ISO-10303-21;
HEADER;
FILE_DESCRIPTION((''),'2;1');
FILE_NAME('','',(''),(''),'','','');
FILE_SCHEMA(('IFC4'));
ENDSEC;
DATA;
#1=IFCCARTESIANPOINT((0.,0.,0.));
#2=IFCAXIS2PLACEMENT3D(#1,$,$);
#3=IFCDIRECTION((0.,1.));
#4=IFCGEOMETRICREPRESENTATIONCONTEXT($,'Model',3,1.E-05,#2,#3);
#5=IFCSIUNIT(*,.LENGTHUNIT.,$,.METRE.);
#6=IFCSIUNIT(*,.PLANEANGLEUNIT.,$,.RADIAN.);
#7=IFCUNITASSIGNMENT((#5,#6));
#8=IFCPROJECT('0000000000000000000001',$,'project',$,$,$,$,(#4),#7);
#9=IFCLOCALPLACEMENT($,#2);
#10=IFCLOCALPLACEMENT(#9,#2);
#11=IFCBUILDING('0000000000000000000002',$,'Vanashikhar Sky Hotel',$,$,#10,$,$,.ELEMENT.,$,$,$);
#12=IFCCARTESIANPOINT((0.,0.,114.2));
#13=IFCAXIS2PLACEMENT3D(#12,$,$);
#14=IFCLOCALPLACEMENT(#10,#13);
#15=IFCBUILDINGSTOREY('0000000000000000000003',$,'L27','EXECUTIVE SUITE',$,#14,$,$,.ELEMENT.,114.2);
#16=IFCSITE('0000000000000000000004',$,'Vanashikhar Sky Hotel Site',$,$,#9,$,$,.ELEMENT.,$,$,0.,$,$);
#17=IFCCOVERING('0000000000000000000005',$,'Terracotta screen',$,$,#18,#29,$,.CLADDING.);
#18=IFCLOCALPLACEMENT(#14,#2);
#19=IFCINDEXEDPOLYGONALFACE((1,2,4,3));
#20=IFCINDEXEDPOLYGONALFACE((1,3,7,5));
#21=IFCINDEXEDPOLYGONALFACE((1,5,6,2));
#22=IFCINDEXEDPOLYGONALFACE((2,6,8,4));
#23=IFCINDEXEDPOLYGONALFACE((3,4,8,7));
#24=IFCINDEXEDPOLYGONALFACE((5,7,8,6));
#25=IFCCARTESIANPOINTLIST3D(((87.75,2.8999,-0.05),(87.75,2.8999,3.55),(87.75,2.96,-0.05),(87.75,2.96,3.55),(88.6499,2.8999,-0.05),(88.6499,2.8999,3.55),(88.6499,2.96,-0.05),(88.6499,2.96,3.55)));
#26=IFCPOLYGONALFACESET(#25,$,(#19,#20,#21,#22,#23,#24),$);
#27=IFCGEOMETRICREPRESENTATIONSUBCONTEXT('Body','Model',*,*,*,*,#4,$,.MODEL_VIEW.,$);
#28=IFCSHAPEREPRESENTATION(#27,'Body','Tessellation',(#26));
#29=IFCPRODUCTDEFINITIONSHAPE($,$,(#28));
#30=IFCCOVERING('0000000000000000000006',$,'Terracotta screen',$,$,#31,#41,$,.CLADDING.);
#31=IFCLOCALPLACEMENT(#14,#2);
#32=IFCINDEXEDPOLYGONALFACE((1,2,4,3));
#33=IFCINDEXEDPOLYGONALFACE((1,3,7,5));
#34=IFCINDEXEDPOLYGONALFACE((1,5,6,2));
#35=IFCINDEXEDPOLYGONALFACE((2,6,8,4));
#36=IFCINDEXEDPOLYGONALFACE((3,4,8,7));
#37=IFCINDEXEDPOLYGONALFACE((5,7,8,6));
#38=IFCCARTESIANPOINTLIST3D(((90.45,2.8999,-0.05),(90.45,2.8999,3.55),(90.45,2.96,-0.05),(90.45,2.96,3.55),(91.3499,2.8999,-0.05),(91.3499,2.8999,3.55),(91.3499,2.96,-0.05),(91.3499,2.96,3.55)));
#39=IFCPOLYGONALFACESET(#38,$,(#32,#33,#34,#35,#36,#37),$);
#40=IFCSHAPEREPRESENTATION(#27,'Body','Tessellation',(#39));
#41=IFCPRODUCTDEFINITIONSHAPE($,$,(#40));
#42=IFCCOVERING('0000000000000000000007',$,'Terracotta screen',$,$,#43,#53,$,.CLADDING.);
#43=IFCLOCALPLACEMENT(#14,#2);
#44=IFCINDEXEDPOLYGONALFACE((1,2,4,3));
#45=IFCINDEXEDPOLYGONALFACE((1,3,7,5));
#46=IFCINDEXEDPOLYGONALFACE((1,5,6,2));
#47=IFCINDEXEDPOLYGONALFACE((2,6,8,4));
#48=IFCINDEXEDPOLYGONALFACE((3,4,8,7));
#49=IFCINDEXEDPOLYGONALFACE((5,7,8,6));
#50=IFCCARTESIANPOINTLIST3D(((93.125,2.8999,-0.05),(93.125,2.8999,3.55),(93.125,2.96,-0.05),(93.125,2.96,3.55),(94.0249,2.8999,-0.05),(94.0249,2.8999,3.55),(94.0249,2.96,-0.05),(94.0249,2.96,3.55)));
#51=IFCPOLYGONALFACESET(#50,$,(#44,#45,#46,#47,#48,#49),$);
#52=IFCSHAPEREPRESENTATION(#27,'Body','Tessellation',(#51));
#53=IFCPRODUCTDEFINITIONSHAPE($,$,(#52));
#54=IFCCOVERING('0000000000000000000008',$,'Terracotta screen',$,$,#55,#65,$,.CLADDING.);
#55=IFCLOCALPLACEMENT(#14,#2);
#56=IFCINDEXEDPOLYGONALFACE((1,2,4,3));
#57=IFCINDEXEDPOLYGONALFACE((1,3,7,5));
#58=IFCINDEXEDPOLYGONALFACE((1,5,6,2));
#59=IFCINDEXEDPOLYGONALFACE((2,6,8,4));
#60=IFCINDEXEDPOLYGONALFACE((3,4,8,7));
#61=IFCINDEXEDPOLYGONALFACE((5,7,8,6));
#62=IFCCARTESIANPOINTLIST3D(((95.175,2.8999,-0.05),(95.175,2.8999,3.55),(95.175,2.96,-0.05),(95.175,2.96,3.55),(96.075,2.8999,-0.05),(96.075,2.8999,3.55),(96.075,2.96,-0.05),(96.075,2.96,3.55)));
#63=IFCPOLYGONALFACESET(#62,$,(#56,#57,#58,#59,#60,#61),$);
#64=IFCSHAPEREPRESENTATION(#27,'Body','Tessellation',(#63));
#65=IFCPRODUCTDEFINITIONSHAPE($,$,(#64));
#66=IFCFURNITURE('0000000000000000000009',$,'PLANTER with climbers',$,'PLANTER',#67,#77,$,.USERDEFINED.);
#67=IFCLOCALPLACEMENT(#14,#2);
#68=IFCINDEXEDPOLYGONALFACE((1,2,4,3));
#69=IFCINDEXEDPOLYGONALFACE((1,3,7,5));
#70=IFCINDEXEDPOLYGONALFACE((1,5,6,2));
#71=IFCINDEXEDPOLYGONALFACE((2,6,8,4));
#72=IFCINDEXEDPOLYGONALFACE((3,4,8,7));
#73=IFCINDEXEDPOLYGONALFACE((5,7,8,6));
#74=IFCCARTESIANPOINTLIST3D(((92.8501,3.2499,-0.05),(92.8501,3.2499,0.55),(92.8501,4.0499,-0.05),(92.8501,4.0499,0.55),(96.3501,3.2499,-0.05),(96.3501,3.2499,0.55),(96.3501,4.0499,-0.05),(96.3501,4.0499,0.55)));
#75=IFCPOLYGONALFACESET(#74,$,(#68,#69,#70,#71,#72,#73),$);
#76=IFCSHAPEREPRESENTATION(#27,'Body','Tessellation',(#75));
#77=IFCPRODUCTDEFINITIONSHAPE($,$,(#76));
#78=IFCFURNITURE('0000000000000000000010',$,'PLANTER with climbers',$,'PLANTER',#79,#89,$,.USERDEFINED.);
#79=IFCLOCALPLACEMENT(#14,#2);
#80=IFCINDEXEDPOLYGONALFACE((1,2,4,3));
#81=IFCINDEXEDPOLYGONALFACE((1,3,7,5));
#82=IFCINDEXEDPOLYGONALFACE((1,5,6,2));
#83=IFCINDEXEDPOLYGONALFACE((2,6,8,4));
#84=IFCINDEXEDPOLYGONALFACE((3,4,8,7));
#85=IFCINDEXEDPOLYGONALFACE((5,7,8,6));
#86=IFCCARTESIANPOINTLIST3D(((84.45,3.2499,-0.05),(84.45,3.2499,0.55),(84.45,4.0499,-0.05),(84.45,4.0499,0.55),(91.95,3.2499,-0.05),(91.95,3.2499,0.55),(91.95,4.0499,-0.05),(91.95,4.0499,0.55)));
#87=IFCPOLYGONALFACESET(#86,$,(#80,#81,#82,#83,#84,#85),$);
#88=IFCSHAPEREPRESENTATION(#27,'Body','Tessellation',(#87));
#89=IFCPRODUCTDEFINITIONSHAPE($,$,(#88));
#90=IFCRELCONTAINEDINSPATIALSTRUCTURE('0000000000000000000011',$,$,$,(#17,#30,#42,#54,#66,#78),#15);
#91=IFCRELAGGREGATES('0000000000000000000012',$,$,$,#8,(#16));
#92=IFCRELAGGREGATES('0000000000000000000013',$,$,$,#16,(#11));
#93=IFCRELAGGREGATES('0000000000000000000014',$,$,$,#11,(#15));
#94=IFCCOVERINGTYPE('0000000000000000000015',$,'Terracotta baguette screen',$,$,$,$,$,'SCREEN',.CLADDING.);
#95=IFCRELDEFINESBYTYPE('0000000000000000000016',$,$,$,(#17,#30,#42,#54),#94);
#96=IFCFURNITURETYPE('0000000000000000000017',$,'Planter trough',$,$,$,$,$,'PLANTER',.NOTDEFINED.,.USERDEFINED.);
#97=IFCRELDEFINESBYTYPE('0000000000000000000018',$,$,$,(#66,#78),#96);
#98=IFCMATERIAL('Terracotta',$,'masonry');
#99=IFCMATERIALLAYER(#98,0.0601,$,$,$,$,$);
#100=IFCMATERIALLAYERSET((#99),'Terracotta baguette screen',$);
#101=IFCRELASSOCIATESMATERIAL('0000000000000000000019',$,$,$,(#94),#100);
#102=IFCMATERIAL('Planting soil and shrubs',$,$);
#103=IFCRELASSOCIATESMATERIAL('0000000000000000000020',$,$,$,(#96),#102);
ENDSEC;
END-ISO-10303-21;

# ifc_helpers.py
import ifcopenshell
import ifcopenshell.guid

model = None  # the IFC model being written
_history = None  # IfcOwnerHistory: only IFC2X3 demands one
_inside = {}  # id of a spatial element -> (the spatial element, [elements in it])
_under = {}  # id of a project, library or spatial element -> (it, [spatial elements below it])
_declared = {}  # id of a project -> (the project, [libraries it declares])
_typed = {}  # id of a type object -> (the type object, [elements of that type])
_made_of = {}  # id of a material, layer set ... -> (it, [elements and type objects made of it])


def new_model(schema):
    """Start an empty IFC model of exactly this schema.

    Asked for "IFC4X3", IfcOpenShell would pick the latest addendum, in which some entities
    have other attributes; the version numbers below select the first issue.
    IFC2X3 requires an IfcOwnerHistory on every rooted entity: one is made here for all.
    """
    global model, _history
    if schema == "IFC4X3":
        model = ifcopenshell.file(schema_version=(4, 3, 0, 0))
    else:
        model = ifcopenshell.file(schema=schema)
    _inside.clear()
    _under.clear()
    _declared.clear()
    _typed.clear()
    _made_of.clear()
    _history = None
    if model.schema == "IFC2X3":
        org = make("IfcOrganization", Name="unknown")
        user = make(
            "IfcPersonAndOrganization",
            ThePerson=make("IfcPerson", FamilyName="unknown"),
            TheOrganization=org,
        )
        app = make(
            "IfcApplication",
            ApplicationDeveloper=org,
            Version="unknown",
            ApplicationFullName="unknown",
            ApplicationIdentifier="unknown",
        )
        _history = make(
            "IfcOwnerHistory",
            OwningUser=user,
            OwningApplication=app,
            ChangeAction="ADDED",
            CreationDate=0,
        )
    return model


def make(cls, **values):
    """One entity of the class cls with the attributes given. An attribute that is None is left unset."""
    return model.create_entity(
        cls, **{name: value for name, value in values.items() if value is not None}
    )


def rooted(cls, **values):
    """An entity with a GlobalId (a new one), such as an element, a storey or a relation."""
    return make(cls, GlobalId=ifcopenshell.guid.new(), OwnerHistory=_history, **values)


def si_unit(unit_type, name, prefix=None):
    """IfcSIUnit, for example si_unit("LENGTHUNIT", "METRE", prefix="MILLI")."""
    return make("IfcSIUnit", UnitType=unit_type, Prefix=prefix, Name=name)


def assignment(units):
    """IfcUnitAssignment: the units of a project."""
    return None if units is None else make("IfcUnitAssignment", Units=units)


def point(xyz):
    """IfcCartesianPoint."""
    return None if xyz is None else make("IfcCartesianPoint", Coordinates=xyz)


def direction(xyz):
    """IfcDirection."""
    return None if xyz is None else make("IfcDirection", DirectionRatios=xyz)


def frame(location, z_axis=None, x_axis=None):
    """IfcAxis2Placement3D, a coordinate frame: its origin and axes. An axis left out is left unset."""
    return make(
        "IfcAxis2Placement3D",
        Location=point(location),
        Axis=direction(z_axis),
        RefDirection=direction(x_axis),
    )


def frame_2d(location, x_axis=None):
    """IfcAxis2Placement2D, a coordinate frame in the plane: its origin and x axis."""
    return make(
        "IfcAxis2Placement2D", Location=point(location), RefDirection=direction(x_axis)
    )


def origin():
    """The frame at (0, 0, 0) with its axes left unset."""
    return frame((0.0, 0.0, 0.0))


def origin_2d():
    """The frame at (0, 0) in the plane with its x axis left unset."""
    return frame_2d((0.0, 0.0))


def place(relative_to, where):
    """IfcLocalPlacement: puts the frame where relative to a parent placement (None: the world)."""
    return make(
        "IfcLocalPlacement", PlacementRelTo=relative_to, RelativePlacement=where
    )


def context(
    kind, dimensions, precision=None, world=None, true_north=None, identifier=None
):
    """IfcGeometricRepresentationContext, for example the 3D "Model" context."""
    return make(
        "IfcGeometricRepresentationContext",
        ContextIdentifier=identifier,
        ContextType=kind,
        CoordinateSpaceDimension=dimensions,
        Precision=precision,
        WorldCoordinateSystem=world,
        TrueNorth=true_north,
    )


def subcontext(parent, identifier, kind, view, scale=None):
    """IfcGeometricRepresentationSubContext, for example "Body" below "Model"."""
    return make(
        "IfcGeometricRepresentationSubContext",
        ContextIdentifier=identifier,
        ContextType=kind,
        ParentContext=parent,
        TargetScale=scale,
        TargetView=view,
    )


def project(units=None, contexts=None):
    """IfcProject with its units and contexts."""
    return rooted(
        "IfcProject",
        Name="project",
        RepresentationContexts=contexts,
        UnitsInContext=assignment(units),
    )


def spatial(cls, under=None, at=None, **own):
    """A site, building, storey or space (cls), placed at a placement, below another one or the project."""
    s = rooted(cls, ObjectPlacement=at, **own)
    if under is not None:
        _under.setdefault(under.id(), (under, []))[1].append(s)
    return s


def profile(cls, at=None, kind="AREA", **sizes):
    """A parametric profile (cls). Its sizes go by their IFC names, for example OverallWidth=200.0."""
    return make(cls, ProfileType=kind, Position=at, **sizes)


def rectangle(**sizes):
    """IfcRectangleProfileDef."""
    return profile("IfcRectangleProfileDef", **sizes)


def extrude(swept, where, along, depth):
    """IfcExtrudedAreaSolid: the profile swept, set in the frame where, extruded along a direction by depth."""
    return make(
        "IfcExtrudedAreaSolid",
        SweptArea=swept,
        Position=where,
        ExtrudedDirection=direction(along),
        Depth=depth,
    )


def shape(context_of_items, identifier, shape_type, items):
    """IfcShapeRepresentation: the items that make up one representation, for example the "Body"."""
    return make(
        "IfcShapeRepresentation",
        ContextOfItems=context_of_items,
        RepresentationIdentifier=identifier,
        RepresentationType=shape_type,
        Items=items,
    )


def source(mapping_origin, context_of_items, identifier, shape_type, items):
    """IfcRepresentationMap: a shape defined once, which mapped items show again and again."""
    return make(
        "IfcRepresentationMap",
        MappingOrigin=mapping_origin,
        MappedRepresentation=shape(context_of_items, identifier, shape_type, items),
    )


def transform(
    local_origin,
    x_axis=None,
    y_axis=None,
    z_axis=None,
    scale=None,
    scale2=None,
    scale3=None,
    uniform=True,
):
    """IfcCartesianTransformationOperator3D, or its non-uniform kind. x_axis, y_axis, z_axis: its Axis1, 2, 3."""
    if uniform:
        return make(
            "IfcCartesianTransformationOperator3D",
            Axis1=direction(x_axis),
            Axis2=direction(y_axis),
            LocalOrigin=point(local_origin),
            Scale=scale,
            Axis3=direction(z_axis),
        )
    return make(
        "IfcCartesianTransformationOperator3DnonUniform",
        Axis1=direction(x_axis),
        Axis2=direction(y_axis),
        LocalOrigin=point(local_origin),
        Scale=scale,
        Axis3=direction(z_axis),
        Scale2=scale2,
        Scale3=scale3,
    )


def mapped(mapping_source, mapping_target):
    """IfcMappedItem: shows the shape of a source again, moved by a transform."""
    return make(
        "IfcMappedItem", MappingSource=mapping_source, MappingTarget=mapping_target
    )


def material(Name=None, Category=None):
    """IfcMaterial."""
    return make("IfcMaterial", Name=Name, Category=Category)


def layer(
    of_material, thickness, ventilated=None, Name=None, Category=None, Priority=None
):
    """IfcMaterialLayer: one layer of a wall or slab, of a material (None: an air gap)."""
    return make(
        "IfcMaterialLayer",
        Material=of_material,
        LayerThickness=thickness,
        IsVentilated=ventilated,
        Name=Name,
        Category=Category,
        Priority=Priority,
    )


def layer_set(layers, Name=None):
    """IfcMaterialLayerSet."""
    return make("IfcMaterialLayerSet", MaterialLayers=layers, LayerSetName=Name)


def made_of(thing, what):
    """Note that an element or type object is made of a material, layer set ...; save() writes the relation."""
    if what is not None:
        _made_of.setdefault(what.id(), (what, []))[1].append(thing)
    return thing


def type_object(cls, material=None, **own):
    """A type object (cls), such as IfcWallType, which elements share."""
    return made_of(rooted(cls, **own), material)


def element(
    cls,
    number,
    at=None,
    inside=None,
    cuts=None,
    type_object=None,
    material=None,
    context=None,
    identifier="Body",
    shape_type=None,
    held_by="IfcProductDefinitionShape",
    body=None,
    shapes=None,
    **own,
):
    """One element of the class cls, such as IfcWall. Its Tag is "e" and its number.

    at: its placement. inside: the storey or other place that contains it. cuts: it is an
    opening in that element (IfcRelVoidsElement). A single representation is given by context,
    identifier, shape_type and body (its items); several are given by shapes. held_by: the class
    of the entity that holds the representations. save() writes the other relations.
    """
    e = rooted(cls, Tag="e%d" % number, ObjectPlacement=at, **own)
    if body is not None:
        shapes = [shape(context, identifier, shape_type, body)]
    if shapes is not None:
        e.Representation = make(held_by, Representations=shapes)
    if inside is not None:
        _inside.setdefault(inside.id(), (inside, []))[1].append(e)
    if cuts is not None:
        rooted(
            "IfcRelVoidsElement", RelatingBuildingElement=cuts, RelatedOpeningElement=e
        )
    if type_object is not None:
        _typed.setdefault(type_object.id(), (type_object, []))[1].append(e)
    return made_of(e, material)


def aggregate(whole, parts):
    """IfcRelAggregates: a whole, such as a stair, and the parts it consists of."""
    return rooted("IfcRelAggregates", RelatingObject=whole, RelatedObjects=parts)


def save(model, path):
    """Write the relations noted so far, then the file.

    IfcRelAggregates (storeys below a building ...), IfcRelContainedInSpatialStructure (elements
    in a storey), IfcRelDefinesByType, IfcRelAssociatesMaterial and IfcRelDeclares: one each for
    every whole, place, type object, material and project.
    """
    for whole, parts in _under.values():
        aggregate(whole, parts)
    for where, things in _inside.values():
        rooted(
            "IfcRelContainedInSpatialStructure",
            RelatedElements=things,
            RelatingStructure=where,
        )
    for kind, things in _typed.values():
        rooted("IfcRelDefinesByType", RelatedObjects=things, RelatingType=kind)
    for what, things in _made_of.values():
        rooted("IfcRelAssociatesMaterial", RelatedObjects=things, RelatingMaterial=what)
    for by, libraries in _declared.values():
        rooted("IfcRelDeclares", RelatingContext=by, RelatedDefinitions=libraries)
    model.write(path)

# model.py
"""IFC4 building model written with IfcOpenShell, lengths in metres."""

from ifc_helpers import new_model, si_unit, direction, frame, origin, origin_2d, place, context, subcontext, project, spatial, rectangle, extrude, source, transform, mapped, material, layer, layer_set, type_object, element, save


model = new_model("IFC4")

# Units and contexts
model_context = context("Model", 3, precision=1e-05, world=origin(), true_north=direction((0.0, 1.0)))
body_context = subcontext(model_context, "Body", "Model", "MODEL_VIEW")
ifc_project = project(units=[si_unit("LENGTHUNIT", "METRE"), si_unit("PLANEANGLEUNIT", "RADIAN")], contexts=[model_context])

# Site, building, storey
site_placement = place(None, origin())
site = spatial("IfcSite", under=ifc_project, at=site_placement, Name="Vanashikhar Sky Hotel Site", CompositionType="ELEMENT", RefElevation=0.0)
building_placement = place(site_placement, origin())
building = spatial("IfcBuilding", under=site, at=building_placement, Name="Vanashikhar Sky Hotel", CompositionType="ELEMENT")
storey_placement = place(building_placement, frame((0.0, 0.0, 114.2)))
storey = spatial("IfcBuildingStorey", under=building, at=storey_placement, Name="L27", Description="EXECUTIVE SUITE", CompositionType="ELEMENT", Elevation=114.2)

# Coverings
ifc_material_1 = material(Name="Terracotta", Category="masonry")
ifc_layer_1 = layer(ifc_material_1, 0.0601)
ifc_layer_set_1 = layer_set([ifc_layer_1], Name="Terracotta baguette screen")
covering_type = type_object("IfcCoveringType", Name="Terracotta baguette screen", ElementType="SCREEN", PredefinedType="CLADDING", material=ifc_layer_set_1)
shared_shape_1 = source(origin(), body_context, "Body", "SweptSolid", [
    extrude(rectangle(XDim=0.8999, YDim=0.0601, at=origin_2d()), origin(), (0.0, 0.0, 1.0), 3.6001),
])
for number, where, z_axis, x_axis, name in (
    (1, (88.2, 2.9299, -0.05), (0.0, 0.0, 1.0), (1.0, 0.0, 0.0), "Terracotta screen"),
    (2, (90.8999, 2.9299, -0.05), (0.0, 0.0, 1.0), (1.0, 0.0, 0.0), "Terracotta screen"),
    (3, (93.575, 2.9299, -0.05), (0.0, 0.0, 1.0), (1.0, 0.0, 0.0), "Terracotta screen"),
    (4, (95.625, 2.9299, -0.05), (0.0, 0.0, 1.0), (1.0, 0.0, 0.0), "Terracotta screen"),
):
    element("IfcCovering", number, at=place(storey_placement, frame(where, z_axis=z_axis, x_axis=x_axis)), inside=storey, type_object=covering_type, Name=name, PredefinedType="CLADDING", context=body_context, shape_type="MappedRepresentation", body=[
        mapped(shared_shape_1, transform((0.0, 0.0, 0.0), scale=1.0)),
    ])

# Furniture
ifc_material_2 = material(Name="Planting soil and shrubs")
furniture_type = type_object("IfcFurnitureType", Name="Planter trough", ElementType="PLANTER", AssemblyPlace="NOTDEFINED", PredefinedType="USERDEFINED", material=ifc_material_2)
shared_shape_2 = source(origin(), body_context, "Body", "SweptSolid", [
    extrude(rectangle(XDim=3.5, YDim=0.8, at=origin_2d()), origin(), (0.0, 0.0, 1.0), 0.6001),
])
furniture_1_placement = place(storey_placement, frame((94.6001, 3.6499, -0.05), z_axis=(0.0, 0.0, 1.0), x_axis=(1.0, 0.0, 0.0)))
element("IfcFurniture", 5, at=furniture_1_placement, inside=storey, type_object=furniture_type, Name="PLANTER with climbers", ObjectType="PLANTER", PredefinedType="USERDEFINED", context=body_context, shape_type="MappedRepresentation", body=[
    mapped(shared_shape_2, transform((0.0, 0.0, 0.0), scale=1.0)),
])
shared_shape_3 = source(origin(), body_context, "Body", "SweptSolid", [
    extrude(rectangle(XDim=7.5, YDim=0.8, at=origin_2d()), origin(), (0.0, 0.0, 1.0), 0.6001),
])
furniture_2_placement = place(storey_placement, frame((88.2, 3.6499, -0.05), z_axis=(0.0, 0.0, 1.0), x_axis=(1.0, 0.0, 0.0)))
element("IfcFurniture", 6, at=furniture_2_placement, inside=storey, type_object=furniture_type, Name="PLANTER with climbers", ObjectType="PLANTER", PredefinedType="USERDEFINED", context=body_context, shape_type="MappedRepresentation", body=[
    mapped(shared_shape_3, transform((0.0, 0.0, 0.0), scale=1.0)),
])

save(model, "model.ifc")
